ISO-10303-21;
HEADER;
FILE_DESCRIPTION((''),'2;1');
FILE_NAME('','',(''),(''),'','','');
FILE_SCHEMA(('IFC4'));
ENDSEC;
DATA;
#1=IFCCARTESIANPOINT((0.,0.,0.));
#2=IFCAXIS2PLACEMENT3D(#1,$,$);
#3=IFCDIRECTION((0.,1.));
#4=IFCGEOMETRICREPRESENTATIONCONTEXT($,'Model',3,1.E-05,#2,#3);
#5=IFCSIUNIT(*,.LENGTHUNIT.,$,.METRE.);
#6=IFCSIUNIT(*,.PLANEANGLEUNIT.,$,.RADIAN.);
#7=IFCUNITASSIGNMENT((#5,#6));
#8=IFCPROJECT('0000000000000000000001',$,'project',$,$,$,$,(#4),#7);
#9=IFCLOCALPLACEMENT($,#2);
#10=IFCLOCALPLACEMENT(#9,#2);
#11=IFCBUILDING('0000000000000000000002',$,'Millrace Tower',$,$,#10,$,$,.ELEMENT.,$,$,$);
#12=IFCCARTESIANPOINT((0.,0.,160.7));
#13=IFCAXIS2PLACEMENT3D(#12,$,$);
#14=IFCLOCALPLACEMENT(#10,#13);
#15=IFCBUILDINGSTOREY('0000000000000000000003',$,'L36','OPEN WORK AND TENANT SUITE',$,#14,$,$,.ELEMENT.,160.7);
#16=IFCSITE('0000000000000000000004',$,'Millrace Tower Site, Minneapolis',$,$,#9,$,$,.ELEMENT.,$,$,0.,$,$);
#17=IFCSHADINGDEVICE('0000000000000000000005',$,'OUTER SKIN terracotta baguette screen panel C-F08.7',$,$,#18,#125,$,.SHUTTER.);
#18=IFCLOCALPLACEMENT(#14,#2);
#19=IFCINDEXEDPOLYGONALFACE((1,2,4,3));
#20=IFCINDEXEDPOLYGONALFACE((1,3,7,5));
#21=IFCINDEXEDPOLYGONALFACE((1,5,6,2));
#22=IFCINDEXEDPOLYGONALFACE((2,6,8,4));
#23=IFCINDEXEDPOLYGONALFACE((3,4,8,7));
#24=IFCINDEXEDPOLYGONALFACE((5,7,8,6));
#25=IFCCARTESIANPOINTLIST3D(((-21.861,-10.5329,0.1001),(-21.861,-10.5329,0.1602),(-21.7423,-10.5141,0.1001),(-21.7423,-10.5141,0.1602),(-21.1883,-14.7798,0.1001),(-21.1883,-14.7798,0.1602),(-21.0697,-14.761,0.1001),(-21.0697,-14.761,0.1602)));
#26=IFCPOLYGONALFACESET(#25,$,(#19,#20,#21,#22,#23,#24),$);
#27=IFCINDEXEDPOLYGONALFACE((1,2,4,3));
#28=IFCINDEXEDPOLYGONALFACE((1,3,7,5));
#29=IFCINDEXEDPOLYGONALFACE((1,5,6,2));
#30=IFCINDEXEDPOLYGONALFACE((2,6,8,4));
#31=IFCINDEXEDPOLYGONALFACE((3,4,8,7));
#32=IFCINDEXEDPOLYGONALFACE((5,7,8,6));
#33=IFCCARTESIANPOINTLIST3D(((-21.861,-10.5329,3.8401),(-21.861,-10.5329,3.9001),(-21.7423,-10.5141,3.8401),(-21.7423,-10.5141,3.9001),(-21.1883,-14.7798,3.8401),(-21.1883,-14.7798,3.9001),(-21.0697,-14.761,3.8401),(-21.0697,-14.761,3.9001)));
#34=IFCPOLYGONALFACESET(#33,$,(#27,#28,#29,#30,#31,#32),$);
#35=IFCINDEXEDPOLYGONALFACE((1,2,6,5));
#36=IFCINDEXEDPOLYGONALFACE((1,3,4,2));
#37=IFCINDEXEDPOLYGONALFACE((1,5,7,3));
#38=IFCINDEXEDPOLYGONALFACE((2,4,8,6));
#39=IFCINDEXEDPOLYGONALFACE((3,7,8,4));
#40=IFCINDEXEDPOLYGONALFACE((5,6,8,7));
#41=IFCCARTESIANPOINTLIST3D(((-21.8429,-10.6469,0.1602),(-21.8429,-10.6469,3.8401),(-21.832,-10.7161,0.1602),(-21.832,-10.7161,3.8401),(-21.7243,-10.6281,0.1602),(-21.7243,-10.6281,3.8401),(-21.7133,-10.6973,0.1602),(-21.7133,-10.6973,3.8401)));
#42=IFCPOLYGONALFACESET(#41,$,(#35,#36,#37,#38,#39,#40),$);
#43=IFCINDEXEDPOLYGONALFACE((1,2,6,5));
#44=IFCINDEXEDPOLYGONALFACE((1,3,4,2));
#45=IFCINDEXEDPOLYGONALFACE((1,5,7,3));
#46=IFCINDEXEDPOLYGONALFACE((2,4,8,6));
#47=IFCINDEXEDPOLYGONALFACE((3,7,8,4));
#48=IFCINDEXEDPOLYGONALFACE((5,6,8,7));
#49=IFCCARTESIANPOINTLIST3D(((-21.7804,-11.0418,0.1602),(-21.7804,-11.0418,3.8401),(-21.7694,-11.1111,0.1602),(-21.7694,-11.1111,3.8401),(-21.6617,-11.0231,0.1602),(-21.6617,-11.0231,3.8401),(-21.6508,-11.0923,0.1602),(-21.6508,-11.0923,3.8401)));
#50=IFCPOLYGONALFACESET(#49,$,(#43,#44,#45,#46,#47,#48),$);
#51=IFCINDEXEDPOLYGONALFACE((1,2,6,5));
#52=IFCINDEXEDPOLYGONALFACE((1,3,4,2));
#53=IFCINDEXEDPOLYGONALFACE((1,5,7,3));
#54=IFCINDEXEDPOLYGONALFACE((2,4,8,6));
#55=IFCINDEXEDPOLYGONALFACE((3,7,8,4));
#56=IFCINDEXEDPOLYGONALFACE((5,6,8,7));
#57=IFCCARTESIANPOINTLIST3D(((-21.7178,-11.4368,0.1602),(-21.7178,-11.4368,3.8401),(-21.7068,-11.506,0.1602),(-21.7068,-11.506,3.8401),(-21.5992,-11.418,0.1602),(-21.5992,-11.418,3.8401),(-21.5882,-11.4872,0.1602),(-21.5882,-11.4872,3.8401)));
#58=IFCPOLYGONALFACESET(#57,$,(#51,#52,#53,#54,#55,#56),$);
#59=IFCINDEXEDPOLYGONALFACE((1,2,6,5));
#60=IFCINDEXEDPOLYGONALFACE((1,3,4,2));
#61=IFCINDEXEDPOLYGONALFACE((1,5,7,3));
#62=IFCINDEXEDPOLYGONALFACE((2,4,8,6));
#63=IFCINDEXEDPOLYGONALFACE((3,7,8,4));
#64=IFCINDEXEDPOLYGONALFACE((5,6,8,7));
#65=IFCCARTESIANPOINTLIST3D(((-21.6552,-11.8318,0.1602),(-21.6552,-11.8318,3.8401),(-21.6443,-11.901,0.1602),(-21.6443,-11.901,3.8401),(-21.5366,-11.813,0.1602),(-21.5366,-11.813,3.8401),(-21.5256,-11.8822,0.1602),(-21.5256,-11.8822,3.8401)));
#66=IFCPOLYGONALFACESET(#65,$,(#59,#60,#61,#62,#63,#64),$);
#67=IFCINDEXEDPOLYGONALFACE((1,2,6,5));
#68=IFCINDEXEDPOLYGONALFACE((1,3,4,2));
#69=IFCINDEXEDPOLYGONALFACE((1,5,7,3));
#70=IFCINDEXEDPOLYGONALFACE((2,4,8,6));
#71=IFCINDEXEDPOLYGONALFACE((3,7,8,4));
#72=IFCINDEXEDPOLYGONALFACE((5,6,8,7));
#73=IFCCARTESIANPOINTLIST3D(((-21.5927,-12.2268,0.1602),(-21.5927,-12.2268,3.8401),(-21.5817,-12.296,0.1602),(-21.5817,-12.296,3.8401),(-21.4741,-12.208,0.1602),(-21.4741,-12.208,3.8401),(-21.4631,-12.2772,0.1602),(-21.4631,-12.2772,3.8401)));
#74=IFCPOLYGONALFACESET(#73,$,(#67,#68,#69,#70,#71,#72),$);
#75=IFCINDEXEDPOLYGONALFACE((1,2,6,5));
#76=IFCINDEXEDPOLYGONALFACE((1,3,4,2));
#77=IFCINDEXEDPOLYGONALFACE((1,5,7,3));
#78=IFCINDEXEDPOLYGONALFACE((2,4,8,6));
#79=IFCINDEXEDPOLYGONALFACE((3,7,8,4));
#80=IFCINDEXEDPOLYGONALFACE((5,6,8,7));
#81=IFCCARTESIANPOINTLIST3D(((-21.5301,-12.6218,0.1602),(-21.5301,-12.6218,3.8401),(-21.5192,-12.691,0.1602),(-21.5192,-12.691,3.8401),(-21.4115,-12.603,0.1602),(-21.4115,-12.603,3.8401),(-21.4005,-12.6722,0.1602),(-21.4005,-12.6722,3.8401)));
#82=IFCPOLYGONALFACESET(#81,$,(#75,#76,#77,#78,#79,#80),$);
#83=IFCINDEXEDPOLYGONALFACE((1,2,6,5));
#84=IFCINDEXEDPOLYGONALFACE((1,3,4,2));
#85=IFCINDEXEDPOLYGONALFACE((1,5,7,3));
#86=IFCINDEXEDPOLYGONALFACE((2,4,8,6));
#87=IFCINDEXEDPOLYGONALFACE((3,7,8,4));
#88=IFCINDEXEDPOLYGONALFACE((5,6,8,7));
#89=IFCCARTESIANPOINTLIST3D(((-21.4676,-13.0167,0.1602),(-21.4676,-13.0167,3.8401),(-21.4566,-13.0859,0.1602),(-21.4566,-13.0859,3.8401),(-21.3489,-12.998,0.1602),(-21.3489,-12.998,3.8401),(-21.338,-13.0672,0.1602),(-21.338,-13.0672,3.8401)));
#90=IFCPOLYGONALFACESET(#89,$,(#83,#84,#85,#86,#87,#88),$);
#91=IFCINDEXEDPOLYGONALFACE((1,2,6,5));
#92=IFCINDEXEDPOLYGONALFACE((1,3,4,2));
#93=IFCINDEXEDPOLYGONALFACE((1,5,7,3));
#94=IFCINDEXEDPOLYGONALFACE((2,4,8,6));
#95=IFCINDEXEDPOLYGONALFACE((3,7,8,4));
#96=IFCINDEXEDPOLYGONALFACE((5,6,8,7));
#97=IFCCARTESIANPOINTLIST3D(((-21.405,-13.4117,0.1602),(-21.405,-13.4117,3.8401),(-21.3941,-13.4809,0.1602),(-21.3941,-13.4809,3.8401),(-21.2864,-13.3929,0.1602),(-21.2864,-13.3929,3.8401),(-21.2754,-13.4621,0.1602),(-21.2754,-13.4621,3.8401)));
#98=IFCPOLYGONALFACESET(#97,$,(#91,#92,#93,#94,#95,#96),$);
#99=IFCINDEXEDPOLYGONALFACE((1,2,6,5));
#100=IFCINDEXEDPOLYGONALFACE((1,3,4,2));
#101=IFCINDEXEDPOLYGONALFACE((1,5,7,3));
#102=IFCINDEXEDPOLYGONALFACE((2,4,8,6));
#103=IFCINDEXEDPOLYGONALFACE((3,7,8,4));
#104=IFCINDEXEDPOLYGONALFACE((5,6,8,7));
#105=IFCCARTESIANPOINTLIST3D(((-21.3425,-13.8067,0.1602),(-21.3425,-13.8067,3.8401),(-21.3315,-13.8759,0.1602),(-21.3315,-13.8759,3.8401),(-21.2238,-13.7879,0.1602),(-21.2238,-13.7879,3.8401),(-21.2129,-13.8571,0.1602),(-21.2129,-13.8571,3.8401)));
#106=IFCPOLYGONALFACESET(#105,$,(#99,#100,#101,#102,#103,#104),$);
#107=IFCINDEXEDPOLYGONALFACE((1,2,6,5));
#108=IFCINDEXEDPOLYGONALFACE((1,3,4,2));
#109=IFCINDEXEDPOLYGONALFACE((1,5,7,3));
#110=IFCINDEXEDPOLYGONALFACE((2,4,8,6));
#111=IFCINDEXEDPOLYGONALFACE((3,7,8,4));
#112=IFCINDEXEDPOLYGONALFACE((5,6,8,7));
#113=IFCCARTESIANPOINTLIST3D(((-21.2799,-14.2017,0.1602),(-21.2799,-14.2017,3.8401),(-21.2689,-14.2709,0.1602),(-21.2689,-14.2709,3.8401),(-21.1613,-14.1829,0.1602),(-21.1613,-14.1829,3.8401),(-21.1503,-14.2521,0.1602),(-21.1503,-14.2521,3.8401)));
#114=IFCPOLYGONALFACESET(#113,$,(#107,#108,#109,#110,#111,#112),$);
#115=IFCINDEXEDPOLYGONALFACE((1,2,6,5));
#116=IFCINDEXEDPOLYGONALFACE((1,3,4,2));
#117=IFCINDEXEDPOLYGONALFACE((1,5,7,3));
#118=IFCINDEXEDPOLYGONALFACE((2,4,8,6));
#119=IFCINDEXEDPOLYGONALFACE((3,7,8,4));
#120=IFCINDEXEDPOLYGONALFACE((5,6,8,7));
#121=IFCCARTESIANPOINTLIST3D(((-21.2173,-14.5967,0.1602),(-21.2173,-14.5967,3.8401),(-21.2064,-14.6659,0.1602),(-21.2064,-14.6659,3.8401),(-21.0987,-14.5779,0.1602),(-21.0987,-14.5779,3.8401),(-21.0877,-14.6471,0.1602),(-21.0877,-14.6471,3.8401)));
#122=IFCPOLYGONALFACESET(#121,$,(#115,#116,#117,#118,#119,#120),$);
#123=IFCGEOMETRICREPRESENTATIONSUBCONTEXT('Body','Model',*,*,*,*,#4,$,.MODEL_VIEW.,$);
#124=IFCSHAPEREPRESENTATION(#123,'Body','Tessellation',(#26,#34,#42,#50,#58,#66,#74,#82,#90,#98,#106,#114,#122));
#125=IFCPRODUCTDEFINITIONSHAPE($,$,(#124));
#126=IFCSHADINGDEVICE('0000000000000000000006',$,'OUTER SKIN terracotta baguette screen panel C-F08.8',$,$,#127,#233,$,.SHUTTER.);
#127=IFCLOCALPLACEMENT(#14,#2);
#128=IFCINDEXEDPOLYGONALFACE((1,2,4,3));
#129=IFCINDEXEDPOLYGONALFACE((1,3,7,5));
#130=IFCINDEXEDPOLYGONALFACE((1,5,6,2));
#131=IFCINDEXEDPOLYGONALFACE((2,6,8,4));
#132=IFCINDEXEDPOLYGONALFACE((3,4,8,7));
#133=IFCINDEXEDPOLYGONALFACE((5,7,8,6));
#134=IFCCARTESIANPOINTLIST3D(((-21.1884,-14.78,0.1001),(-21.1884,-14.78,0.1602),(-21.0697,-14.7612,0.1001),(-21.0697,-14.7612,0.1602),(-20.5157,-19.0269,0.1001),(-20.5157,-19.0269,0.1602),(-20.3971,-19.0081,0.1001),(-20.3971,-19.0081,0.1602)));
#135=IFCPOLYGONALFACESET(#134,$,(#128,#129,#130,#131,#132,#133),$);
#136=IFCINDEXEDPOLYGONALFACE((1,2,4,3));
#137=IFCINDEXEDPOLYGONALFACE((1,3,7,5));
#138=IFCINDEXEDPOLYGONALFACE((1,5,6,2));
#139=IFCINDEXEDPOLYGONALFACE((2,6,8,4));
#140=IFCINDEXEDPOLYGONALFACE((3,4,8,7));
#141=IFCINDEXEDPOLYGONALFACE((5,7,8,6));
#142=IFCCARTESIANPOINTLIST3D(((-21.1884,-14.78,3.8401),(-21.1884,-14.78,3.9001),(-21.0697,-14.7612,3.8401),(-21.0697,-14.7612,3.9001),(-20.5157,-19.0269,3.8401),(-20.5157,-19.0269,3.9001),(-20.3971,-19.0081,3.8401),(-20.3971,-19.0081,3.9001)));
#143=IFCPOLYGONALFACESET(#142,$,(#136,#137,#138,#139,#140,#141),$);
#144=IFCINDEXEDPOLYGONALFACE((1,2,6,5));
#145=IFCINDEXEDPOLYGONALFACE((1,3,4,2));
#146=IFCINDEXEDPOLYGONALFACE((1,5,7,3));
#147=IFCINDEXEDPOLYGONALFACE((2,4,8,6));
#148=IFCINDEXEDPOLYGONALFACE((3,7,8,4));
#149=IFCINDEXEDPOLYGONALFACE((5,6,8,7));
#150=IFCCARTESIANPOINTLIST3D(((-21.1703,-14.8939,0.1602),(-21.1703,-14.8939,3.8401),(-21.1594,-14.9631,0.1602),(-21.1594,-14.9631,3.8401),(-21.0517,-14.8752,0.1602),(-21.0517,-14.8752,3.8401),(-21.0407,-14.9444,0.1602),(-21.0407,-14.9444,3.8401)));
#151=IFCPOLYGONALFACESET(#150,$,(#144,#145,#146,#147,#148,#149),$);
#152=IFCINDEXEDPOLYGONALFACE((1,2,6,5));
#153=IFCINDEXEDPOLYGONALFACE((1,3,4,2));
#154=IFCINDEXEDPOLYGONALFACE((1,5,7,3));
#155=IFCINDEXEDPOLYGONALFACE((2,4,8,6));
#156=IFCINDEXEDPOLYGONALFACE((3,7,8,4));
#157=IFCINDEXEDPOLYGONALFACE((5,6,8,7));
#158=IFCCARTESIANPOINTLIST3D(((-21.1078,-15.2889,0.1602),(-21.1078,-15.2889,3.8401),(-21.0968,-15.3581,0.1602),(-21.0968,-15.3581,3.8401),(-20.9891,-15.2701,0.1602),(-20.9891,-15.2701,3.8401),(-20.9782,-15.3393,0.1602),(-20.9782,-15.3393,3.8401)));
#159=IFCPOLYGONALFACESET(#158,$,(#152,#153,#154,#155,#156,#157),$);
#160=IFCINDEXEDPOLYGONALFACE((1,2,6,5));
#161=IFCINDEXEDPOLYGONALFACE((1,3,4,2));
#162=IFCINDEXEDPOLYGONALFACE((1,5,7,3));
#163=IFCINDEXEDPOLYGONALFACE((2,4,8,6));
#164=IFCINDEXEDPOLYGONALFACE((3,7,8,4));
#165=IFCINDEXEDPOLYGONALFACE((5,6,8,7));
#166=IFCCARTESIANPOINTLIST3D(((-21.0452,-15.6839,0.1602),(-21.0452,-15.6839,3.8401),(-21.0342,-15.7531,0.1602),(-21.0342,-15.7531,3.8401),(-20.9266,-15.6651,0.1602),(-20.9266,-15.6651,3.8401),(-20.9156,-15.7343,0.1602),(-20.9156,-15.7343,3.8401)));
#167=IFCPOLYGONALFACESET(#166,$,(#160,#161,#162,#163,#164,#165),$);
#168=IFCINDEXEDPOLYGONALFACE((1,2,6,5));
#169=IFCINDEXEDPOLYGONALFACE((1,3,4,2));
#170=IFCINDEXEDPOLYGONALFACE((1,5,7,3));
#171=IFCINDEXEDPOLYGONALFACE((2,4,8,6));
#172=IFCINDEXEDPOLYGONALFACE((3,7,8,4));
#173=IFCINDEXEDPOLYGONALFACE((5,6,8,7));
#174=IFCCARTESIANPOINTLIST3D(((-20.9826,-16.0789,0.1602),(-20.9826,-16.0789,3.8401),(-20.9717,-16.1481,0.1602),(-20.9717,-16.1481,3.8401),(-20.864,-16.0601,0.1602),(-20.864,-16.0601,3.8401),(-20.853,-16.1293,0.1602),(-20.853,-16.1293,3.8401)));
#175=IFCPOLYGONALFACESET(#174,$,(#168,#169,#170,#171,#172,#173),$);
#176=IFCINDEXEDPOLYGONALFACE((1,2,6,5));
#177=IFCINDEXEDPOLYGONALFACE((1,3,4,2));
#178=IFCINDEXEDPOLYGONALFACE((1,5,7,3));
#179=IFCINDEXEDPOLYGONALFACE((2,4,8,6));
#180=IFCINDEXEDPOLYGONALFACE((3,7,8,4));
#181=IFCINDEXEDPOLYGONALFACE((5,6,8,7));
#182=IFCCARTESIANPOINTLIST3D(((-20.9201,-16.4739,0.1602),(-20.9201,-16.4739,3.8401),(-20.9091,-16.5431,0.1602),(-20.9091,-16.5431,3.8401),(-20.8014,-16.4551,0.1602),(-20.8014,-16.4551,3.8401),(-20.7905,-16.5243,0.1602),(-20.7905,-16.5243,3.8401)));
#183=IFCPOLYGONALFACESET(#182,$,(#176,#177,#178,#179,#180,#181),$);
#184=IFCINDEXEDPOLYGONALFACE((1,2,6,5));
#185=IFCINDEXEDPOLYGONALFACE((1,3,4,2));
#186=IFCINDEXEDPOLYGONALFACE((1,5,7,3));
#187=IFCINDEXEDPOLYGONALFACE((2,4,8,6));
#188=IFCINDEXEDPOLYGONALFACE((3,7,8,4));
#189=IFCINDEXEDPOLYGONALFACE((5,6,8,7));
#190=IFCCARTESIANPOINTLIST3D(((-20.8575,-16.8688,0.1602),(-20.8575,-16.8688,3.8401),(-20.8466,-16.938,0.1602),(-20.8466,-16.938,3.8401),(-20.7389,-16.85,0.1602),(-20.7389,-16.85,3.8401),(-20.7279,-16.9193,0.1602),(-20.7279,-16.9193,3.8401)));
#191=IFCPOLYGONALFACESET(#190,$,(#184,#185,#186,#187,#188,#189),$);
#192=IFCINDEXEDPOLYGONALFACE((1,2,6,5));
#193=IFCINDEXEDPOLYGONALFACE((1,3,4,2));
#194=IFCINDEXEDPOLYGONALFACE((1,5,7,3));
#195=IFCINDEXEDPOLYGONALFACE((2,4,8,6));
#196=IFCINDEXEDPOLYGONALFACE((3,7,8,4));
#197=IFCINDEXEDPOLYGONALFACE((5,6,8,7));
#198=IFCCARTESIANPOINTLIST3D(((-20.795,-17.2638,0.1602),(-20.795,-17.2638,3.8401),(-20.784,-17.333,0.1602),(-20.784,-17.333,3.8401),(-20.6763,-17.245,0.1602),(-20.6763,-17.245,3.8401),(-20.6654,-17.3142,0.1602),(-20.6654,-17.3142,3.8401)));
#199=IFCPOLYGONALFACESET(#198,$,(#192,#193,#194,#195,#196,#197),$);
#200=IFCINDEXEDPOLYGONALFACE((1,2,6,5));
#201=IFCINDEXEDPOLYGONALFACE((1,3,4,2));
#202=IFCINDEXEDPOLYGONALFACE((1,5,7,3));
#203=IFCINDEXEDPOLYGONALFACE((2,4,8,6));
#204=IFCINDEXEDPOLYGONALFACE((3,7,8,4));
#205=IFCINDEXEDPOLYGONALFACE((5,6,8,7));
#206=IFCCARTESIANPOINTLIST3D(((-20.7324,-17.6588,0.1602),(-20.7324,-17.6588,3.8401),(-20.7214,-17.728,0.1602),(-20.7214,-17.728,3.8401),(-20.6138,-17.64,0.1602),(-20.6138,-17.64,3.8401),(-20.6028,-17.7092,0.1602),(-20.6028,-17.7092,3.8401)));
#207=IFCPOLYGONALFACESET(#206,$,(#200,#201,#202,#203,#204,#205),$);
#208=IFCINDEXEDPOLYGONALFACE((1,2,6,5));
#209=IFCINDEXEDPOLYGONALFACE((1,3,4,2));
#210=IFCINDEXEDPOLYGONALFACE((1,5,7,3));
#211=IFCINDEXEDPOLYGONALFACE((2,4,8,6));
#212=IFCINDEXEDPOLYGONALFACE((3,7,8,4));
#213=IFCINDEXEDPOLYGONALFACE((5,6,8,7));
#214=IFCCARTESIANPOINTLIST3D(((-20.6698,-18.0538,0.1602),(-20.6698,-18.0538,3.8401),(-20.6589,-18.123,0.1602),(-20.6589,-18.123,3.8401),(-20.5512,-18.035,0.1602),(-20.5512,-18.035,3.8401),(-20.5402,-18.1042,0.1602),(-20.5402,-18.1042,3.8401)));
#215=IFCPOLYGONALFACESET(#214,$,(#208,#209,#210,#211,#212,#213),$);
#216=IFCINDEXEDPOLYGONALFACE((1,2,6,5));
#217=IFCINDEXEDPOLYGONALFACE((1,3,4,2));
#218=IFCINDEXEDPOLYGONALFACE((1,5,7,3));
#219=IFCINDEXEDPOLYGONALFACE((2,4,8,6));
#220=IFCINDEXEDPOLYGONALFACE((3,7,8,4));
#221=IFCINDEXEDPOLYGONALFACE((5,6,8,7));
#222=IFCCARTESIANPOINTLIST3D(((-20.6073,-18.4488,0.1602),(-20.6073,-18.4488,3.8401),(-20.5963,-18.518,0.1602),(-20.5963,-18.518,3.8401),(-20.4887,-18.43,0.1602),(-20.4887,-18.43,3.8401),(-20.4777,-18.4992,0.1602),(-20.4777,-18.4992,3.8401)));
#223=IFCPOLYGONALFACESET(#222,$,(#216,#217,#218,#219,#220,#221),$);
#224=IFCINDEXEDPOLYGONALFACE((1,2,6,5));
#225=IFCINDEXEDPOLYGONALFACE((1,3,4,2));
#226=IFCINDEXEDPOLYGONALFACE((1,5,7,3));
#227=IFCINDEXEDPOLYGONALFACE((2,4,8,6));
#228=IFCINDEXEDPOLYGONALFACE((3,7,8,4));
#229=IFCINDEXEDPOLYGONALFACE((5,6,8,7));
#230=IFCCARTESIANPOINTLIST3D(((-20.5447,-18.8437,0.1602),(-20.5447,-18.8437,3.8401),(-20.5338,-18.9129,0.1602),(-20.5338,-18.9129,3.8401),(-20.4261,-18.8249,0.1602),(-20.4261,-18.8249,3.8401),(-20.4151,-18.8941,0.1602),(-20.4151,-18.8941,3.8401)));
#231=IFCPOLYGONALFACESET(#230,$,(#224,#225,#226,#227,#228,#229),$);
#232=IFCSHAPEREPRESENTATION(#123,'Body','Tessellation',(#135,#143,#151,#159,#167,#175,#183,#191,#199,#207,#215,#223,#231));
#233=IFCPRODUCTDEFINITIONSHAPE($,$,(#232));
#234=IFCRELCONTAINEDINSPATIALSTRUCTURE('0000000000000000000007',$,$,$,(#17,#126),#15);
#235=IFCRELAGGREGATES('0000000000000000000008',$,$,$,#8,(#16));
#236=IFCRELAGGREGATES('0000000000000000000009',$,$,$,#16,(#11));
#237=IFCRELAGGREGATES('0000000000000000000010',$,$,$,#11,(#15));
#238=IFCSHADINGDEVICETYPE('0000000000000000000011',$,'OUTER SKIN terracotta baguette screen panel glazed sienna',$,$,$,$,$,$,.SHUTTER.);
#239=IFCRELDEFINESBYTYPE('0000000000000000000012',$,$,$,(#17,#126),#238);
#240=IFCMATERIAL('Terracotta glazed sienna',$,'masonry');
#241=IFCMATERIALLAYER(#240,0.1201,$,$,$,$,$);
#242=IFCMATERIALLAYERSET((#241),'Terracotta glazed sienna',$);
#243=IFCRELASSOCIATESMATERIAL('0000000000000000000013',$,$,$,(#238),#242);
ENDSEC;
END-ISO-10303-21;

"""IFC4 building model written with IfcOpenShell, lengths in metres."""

from ifc_helpers import new_model, entity, si_unit, direction, frame, frame_2d, origin, origin_2d, place, context, subcontext, project, spatial, rectangle, extrude, source, transform, mapped, material, layer, layer_set, type_object, element, save


model = new_model("IFC4")

# Units and contexts
model_context = context("Model", 3, precision=1e-05, world=origin(), true_north=direction((0.0, 1.0)))
body_context = subcontext(model_context, "Body", "Model", "MODEL_VIEW")
ifc_project = project(units=[si_unit("LENGTHUNIT", "METRE"), si_unit("PLANEANGLEUNIT", "RADIAN")], contexts=[model_context])

# Site, building, storey
site_placement = place(None, origin())
site = spatial("IfcSite", under=ifc_project, at=site_placement, Name="Millrace Tower Site, Minneapolis", CompositionType="ELEMENT", RefElevation=0.0)
building_placement = place(site_placement, origin())
building = spatial("IfcBuilding", under=site, at=building_placement, Name="Millrace Tower", CompositionType="ELEMENT")
storey_placement = place(building_placement, frame((0.0, 0.0, 160.7)))
storey = spatial("IfcBuildingStorey", under=building, at=storey_placement, Name="L36", Description="OPEN WORK AND TENANT SUITE", CompositionType="ELEMENT", Elevation=160.7)

# Shading devices
ifc_material_1 = material(Name="Terracotta glazed sienna", Category="masonry")
ifc_layer_1 = layer(ifc_material_1, 0.1201)
ifc_layer_set_1 = layer_set([ifc_layer_1], Name="Terracotta glazed sienna")
shading_device_type = type_object("IfcShadingDeviceType", Name="OUTER SKIN terracotta baguette screen panel glazed sienna", PredefinedType="SHUTTER", material=ifc_layer_set_1)
cartesian_point_1 = entity("IfcCartesianPoint", [-2.1499, 0.0601])
shared_polyline_1 = entity("IfcPolyline", [cartesian_point_1, entity("IfcCartesianPoint", [2.1499, 0.0601]), entity("IfcCartesianPoint", [2.1499, -0.0601]), entity("IfcCartesianPoint", [-2.1499, -0.0601]), cartesian_point_1])
shared_shape_1 = source(origin(), body_context, "Body", "SweptSolid", [
    entity("IfcExtrudedAreaSolid", entity("IfcArbitraryClosedProfileDef", "AREA", None, shared_polyline_1), entity("IfcAxis2Placement3D", entity("IfcCartesianPoint", [0.0, 0.0, 0.0])), entity("IfcDirection", [0.0, 0.0, 1.0]), 0.0601),
    entity("IfcExtrudedAreaSolid", entity("IfcArbitraryClosedProfileDef", "AREA", None, shared_polyline_1), entity("IfcAxis2Placement3D", entity("IfcCartesianPoint", [0.0, 0.0, 3.74])), entity("IfcDirection", [0.0, 0.0, 1.0]), 0.0601),
    extrude(rectangle(XDim=0.0701, YDim=0.1201, at=frame_2d((-1.9995, 0.0))), frame((0.0, 0.0, 0.0601)), (0.0, 0.0, 1.0), 3.6799),
    extrude(rectangle(XDim=0.0701, YDim=0.1201, at=frame_2d((-1.5996, 0.0))), frame((0.0, 0.0, 0.0601)), (0.0, 0.0, 1.0), 3.6799),
    extrude(rectangle(XDim=0.0701, YDim=0.1201, at=frame_2d((-1.1997, 0.0))), frame((0.0, 0.0, 0.0601)), (0.0, 0.0, 1.0), 3.6799),
    extrude(rectangle(XDim=0.0701, YDim=0.1201, at=frame_2d((-0.7998, 0.0))), frame((0.0, 0.0, 0.0601)), (0.0, 0.0, 1.0), 3.6799),
    extrude(rectangle(XDim=0.0701, YDim=0.1201, at=frame_2d((-0.3999, 0.0))), frame((0.0, 0.0, 0.0601)), (0.0, 0.0, 1.0), 3.6799),
    extrude(rectangle(XDim=0.0701, YDim=0.1201, at=origin_2d()), frame((0.0, 0.0, 0.0601)), (0.0, 0.0, 1.0), 3.6799),
    extrude(rectangle(XDim=0.0701, YDim=0.1201, at=frame_2d((0.3999, 0.0))), frame((0.0, 0.0, 0.0601)), (0.0, 0.0, 1.0), 3.6799),
    extrude(rectangle(XDim=0.0701, YDim=0.1201, at=frame_2d((0.7998, 0.0))), frame((0.0, 0.0, 0.0601)), (0.0, 0.0, 1.0), 3.6799),
    extrude(rectangle(XDim=0.0701, YDim=0.1201, at=frame_2d((1.1997, 0.0))), frame((0.0, 0.0, 0.0601)), (0.0, 0.0, 1.0), 3.6799),
    extrude(rectangle(XDim=0.0701, YDim=0.1201, at=frame_2d((1.5996, 0.0))), frame((0.0, 0.0, 0.0601)), (0.0, 0.0, 1.0), 3.6799),
    extrude(rectangle(XDim=0.0701, YDim=0.1201, at=frame_2d((1.9995, 0.0))), frame((0.0, 0.0, 0.0601)), (0.0, 0.0, 1.0), 3.6799),
])
for number, where, z_axis, x_axis, name in (
    (1, (-21.4653, -12.647, 0.1001), (0.0, 0.0, 1.0), (0.156434, -0.987688, 0.0), "OUTER SKIN terracotta baguette screen panel C-F08.7"),
    (2, (-20.7927, -16.894, 0.1001), (0.0, 0.0, 1.0), (0.156434, -0.987688, 0.0), "OUTER SKIN terracotta baguette screen panel C-F08.8"),
):
    element("IfcShadingDevice", number, at=place(storey_placement, frame(where, z_axis=z_axis, x_axis=x_axis)), inside=storey, type_object=shading_device_type, Name=name, PredefinedType="SHUTTER", context=body_context, shape_type="MappedRepresentation", body=[
        mapped(shared_shape_1, transform((0.0, 0.0, 0.0), scale=1.0)),
    ])

save(model, "model.ifc")
